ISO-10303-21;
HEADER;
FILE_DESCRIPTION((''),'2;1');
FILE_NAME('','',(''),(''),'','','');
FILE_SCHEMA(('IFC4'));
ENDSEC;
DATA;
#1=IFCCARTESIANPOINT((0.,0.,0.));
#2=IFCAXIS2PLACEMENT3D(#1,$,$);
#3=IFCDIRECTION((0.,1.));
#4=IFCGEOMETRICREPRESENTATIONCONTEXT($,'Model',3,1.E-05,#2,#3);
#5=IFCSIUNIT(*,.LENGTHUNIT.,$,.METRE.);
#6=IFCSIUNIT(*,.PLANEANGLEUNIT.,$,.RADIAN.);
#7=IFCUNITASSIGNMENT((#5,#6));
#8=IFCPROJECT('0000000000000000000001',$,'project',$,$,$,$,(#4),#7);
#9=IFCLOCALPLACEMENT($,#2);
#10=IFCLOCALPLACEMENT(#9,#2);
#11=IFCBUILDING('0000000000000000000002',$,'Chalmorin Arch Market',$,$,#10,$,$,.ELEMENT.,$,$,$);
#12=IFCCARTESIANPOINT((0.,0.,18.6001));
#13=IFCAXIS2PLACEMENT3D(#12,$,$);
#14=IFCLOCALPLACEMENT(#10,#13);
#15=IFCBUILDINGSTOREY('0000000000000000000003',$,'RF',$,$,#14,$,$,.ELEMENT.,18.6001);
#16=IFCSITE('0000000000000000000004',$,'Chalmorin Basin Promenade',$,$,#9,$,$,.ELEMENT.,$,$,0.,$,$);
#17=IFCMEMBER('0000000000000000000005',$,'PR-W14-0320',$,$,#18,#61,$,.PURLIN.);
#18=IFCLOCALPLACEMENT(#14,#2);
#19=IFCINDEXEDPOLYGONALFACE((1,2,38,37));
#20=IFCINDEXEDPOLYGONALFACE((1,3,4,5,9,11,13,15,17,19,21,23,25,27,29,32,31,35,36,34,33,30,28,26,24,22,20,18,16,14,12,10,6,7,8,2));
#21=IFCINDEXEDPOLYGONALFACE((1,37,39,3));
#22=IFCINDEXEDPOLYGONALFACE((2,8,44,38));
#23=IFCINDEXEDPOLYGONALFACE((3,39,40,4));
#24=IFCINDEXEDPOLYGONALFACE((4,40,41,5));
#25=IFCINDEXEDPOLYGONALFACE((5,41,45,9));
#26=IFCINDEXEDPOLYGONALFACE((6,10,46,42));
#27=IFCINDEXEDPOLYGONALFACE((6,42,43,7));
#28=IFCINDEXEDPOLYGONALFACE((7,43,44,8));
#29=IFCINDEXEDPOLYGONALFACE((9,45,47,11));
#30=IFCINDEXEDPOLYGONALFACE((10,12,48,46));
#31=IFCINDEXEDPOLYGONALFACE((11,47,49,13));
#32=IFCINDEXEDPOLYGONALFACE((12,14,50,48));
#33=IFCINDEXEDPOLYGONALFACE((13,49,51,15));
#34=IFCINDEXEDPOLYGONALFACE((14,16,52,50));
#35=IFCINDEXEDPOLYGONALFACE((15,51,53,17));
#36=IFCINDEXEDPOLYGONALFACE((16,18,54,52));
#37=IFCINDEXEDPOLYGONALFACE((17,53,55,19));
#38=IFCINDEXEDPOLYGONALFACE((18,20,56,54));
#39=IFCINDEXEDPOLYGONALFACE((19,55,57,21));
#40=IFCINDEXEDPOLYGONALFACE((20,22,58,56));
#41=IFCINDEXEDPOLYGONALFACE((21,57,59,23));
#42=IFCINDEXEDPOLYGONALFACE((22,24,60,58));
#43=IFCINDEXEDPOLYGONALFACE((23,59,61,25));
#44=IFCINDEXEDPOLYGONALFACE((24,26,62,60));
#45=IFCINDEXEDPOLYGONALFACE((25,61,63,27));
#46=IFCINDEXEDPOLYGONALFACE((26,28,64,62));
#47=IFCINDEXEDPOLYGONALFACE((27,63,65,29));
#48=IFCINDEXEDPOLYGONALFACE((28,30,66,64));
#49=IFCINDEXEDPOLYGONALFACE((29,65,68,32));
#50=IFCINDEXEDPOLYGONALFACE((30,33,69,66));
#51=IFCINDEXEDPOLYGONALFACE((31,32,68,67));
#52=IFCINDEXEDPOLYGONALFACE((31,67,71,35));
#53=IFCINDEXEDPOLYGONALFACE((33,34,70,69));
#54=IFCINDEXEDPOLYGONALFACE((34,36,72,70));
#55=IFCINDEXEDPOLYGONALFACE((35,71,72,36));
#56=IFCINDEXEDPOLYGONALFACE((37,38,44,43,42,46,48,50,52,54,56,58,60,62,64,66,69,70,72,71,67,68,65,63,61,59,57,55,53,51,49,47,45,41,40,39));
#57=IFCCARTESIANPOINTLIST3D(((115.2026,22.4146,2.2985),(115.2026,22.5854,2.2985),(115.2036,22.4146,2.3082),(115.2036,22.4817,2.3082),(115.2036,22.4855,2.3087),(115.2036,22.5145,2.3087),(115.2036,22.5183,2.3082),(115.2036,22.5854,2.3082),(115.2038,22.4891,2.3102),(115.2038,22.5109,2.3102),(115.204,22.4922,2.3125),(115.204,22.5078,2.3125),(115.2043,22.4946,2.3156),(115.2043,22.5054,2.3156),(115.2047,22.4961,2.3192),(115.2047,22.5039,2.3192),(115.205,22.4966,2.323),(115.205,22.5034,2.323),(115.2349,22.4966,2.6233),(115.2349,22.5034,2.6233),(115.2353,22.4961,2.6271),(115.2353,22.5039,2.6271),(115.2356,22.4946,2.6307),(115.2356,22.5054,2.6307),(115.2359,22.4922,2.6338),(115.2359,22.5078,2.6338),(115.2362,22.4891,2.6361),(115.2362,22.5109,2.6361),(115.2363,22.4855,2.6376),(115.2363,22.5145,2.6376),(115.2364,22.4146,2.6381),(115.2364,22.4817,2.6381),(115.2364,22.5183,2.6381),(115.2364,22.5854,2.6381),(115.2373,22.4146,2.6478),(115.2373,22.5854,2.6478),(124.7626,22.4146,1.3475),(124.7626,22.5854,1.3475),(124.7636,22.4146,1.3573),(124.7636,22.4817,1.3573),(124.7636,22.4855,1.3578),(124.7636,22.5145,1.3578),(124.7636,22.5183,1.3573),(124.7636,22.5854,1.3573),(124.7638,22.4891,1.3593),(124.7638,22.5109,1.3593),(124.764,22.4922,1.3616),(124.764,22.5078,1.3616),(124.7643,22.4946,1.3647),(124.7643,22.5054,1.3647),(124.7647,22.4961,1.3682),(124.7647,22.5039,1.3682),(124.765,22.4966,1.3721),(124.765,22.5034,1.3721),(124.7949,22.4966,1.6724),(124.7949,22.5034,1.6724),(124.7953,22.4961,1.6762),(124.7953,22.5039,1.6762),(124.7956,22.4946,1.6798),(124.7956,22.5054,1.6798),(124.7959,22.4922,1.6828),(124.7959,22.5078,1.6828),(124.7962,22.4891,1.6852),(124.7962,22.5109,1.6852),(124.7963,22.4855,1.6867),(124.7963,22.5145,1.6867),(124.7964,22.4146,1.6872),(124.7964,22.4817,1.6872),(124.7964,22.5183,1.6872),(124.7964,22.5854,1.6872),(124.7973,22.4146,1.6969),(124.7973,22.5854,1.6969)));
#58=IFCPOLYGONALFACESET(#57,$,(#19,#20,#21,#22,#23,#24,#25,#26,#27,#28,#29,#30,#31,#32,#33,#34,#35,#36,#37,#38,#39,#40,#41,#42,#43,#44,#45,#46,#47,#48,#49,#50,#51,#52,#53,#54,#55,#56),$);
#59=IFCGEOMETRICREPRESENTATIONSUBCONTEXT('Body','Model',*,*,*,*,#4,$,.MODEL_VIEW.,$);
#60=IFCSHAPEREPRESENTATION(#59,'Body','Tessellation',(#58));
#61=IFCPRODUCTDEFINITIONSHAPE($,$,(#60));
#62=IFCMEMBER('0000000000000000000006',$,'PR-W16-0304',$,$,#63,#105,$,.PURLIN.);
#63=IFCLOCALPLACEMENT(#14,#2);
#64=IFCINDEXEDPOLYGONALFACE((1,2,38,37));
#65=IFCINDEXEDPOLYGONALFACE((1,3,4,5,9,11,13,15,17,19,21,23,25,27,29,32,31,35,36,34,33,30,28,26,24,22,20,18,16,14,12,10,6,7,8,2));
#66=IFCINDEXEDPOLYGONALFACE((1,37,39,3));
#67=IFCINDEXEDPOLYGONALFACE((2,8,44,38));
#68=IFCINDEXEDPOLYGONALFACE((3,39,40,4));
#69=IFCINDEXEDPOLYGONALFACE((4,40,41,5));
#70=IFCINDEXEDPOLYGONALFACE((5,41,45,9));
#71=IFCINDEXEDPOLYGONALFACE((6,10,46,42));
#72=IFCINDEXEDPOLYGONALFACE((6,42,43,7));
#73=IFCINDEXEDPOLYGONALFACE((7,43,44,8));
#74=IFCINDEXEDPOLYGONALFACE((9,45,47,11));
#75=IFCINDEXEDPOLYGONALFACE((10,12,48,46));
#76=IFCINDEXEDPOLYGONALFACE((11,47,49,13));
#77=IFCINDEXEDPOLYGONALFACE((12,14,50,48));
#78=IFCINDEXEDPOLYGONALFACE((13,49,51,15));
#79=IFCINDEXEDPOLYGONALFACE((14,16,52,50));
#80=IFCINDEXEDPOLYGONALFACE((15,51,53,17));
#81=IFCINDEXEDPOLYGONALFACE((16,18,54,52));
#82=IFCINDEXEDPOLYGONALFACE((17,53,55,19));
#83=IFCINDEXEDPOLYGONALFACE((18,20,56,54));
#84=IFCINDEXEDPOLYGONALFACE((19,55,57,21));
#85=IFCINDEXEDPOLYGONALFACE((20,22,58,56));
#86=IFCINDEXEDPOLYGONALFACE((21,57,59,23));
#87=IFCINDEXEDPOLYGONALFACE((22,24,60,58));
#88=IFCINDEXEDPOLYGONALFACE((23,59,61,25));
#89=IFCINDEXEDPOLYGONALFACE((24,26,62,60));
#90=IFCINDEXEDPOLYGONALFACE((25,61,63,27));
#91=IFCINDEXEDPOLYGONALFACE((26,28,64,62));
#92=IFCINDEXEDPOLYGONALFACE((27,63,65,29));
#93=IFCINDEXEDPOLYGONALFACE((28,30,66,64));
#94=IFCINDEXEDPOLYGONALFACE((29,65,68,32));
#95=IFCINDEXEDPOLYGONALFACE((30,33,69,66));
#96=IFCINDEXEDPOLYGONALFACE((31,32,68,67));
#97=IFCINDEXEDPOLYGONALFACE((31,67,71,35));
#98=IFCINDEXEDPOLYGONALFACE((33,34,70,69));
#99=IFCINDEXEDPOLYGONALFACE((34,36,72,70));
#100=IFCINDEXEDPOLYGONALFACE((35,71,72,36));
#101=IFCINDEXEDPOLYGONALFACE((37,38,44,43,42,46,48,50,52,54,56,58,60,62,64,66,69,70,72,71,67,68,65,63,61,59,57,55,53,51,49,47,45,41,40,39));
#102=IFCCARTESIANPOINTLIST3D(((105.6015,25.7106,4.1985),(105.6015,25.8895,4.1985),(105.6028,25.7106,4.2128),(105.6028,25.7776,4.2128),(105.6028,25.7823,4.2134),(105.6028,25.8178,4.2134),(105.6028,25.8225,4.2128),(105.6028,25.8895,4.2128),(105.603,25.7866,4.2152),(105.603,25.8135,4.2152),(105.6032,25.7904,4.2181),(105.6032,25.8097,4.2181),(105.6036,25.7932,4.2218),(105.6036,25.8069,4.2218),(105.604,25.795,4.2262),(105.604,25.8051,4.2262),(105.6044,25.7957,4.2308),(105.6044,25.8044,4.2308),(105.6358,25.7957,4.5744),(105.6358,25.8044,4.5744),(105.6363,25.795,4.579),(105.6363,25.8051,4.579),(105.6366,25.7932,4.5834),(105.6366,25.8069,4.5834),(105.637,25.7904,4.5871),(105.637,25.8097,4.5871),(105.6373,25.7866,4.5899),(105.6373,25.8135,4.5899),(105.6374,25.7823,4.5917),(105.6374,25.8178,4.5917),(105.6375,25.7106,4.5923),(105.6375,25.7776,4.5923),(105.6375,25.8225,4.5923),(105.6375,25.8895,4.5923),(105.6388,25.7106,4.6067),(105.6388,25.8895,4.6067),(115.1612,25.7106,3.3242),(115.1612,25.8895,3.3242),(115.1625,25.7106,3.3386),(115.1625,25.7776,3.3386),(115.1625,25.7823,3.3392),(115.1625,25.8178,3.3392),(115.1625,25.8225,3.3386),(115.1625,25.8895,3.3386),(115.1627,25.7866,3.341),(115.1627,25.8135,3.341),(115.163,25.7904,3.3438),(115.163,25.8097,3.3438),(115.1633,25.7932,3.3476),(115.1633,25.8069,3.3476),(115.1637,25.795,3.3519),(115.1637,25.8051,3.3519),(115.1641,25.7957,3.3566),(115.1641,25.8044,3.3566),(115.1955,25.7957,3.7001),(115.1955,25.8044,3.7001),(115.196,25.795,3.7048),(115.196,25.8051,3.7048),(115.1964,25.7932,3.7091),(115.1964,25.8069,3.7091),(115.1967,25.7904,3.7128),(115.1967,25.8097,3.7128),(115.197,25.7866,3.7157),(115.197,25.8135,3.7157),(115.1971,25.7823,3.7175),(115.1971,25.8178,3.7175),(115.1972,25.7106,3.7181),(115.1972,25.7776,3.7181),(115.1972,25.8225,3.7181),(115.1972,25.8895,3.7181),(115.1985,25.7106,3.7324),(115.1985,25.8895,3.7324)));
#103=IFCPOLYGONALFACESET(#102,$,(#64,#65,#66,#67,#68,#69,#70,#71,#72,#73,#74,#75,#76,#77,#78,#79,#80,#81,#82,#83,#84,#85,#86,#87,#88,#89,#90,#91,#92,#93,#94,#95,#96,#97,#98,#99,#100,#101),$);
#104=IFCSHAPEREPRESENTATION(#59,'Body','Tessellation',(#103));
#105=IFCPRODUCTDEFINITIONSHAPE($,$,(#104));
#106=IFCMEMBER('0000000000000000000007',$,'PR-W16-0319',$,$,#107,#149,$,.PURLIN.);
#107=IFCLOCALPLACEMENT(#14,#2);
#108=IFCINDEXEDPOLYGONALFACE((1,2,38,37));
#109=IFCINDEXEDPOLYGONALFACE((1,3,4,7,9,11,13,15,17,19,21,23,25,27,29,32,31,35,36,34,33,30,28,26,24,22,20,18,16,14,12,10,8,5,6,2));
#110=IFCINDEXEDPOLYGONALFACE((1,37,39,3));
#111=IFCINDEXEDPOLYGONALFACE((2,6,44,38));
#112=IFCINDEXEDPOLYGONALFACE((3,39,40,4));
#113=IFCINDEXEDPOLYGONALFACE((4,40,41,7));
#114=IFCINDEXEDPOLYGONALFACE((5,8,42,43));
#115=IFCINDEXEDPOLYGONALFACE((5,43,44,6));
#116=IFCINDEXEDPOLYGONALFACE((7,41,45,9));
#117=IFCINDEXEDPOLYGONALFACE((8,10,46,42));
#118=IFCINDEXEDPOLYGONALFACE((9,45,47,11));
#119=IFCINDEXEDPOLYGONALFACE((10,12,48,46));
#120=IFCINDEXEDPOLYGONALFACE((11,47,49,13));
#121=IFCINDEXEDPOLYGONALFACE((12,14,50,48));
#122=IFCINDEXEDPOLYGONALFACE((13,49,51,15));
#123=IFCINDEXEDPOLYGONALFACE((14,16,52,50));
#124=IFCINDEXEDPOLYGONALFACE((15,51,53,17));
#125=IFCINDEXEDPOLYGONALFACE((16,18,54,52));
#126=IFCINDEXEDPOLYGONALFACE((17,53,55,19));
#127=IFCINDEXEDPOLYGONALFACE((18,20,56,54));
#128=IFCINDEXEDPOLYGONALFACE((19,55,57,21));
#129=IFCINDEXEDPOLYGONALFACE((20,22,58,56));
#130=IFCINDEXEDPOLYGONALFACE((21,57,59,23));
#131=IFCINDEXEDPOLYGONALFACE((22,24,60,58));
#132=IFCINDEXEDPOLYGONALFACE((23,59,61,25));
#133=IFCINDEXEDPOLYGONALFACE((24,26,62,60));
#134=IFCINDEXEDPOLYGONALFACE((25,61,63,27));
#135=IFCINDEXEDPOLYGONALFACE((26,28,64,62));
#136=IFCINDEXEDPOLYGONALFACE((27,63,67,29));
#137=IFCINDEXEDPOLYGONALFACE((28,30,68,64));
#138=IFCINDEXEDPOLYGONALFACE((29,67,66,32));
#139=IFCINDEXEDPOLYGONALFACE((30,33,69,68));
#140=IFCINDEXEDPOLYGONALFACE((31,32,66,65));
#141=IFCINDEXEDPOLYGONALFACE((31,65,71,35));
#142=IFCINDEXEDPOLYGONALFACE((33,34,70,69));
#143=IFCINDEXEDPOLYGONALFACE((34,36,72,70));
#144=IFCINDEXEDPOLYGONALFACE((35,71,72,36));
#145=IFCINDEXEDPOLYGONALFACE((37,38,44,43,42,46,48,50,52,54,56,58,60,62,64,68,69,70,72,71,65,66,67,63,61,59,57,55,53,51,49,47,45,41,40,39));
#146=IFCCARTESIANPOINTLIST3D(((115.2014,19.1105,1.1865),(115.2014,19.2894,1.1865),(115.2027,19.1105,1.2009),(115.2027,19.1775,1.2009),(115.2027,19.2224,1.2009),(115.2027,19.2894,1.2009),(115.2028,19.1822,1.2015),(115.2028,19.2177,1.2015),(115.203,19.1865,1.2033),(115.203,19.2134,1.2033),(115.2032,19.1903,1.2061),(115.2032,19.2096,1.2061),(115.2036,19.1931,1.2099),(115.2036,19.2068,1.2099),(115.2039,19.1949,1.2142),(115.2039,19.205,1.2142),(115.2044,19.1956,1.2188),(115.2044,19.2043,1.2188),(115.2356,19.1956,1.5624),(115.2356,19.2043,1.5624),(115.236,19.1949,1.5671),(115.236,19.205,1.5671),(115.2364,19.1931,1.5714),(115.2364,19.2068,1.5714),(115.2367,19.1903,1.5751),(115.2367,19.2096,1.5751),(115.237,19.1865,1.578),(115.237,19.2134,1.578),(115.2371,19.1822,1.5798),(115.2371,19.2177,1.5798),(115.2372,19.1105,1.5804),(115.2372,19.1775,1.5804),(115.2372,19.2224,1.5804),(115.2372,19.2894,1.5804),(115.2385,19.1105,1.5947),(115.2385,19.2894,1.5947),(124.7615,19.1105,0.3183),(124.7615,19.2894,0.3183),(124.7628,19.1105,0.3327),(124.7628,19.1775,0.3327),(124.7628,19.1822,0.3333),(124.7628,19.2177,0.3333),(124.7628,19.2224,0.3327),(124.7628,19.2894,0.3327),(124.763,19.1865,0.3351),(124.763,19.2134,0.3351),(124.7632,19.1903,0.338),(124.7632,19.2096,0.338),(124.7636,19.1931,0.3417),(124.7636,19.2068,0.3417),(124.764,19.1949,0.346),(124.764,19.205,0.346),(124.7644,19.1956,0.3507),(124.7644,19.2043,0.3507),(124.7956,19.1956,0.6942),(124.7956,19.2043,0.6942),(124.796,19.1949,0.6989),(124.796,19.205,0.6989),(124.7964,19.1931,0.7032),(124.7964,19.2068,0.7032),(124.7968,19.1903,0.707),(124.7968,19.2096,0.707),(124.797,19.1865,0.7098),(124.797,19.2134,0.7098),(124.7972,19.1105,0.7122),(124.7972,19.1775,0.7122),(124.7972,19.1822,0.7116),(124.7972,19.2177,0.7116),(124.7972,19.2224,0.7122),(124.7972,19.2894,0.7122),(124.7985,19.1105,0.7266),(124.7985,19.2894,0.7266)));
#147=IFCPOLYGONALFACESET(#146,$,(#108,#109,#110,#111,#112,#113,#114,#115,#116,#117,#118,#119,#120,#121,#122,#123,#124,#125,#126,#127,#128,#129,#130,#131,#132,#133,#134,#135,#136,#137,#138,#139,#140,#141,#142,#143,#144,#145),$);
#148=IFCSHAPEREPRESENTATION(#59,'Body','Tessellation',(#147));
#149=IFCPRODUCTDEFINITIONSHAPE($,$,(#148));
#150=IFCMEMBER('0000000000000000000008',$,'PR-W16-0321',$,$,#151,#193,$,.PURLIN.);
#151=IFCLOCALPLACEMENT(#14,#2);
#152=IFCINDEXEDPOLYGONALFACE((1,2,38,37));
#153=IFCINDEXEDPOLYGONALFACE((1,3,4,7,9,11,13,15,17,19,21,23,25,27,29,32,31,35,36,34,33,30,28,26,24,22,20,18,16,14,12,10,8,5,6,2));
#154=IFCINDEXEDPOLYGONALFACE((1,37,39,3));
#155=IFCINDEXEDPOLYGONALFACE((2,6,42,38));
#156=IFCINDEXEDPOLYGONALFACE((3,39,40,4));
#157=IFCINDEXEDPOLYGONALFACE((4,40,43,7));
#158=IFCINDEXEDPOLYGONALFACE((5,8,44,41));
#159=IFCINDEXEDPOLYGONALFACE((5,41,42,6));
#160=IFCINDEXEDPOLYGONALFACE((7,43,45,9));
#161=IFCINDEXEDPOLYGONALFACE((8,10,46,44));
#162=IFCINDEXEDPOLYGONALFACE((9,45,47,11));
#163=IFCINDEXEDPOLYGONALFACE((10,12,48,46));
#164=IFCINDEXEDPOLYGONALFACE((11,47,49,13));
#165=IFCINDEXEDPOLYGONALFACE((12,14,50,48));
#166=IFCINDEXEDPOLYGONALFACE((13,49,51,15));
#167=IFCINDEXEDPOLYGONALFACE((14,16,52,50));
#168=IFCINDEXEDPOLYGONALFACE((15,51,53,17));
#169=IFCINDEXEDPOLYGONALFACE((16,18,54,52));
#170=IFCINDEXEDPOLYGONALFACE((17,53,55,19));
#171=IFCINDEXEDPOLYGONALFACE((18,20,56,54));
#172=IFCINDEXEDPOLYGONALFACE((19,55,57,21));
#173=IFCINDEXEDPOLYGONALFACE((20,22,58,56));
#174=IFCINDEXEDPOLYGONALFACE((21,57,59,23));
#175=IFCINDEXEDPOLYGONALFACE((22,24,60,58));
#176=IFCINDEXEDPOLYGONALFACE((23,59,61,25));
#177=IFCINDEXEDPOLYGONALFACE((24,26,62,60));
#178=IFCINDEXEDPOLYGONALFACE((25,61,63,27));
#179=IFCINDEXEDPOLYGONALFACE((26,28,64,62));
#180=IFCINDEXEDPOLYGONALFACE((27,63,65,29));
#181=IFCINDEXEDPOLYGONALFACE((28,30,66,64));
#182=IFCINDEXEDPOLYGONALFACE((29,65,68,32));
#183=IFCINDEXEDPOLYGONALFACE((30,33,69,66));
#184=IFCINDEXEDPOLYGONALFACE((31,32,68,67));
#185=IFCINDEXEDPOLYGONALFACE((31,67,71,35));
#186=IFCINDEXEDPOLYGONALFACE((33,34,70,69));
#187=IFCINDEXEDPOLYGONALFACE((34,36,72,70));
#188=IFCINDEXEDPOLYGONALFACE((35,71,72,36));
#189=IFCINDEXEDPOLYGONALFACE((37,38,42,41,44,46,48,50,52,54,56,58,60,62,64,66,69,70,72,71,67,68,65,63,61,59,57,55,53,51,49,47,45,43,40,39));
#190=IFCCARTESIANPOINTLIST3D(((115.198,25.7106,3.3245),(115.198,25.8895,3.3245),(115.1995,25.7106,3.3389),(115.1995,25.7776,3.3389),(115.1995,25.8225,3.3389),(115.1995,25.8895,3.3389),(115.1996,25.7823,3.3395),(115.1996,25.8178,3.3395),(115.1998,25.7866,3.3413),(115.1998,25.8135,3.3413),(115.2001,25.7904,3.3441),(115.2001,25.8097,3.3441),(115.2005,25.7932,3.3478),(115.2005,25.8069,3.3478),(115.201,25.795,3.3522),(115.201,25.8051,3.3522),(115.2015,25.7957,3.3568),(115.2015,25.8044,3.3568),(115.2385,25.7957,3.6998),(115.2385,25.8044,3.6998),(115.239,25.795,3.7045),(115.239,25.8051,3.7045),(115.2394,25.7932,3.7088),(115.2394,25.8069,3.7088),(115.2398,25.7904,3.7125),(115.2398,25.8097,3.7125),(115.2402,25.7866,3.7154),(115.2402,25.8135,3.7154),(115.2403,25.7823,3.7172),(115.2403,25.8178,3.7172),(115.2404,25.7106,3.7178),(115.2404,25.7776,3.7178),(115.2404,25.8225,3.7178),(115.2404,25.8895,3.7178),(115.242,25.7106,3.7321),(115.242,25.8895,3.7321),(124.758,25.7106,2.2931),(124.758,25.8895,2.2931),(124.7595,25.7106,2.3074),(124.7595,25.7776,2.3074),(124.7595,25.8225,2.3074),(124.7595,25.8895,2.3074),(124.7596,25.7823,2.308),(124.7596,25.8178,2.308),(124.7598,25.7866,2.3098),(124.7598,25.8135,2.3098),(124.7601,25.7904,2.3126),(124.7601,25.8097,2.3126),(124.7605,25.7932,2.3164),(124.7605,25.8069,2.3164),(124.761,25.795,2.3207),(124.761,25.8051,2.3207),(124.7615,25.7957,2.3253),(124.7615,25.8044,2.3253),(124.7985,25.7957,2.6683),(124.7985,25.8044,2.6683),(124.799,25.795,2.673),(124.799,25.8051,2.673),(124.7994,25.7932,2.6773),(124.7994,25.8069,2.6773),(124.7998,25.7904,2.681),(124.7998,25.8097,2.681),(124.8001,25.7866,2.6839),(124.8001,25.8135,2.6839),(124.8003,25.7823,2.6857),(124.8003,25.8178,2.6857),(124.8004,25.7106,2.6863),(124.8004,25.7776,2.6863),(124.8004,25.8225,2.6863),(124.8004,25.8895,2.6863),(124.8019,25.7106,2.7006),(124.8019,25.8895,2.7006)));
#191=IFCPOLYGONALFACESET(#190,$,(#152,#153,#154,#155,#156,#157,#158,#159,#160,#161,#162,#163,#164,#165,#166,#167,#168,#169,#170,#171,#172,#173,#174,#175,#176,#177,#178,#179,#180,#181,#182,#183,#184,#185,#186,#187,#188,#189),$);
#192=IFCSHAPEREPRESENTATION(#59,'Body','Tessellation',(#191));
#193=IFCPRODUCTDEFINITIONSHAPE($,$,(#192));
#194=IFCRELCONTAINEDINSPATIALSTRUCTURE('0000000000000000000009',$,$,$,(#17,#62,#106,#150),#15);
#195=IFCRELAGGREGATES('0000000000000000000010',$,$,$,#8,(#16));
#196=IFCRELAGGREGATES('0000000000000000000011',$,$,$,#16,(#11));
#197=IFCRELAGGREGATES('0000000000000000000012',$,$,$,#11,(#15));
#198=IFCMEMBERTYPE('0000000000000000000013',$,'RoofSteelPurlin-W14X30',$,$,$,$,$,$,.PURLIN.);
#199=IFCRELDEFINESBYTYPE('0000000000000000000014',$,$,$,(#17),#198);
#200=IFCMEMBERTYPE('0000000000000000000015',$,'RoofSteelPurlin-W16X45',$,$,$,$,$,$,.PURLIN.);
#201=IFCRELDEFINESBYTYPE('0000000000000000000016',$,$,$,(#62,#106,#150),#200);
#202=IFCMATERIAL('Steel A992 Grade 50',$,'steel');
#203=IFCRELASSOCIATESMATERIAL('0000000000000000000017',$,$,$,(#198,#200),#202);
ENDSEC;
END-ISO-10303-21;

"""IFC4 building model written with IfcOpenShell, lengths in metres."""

from ifc_helpers import new_model, si_unit, direction, frame, origin, origin_2d, place, context, subcontext, project, spatial, i_section, extrude, material, material_profile, profile_set, type_object, element, save


model = new_model("IFC4")

# Units and contexts
model_context = context("Model", 3, precision=1e-05, world=origin(), true_north=direction((0.0, 1.0)))
body_context = subcontext(model_context, "Body", "Model", "MODEL_VIEW")
ifc_project = project(units=[si_unit("LENGTHUNIT", "METRE"), si_unit("PLANEANGLEUNIT", "RADIAN")], contexts=[model_context])

# Site, building, storey
site_placement = place(None, origin())
site = spatial("IfcSite", under=ifc_project, at=site_placement, Name="Chalmorin Basin Promenade", CompositionType="ELEMENT", RefElevation=0.0)
building_placement = place(site_placement, origin())
building = spatial("IfcBuilding", under=site, at=building_placement, Name="Chalmorin Arch Market", CompositionType="ELEMENT")
storey_placement = place(building_placement, frame((0.0, 0.0, 18.6001)))
storey = spatial("IfcBuildingStorey", under=building, at=storey_placement, Name="RF", CompositionType="ELEMENT", Elevation=18.6001)

# Members
ifc_material_1 = material(Name="Steel A992 Grade 50", Category="steel")
ifc_material_profile_1 = material_profile(ifc_material_1, i_section(OverallWidth=0.1709, OverallDepth=0.3511, WebThickness=0.0068, FlangeThickness=0.0098, FilletRadius=0.0149, at=origin_2d()), Name="W14X30")
ifc_profile_set_1 = profile_set([ifc_material_profile_1], Name="Steel A992 Grade 50")
member_type_1 = type_object("IfcMemberType", Name="RoofSteelPurlin-W14X30", PredefinedType="PURLIN", material=ifc_profile_set_1)
member_1_placement = place(storey_placement, frame((115.22, 22.5, 2.4731), z_axis=(0.995089, 0.0, -0.09898), x_axis=(0.0, 1.0, 0.0)))
element("IfcMember", 1, at=member_1_placement, inside=storey, type_object=member_type_1, Name="PR-W14-0320", PredefinedType="PURLIN", context=body_context, shape_type="SweptSolid", body=[
    extrude(i_section(OverallWidth=0.1709, OverallDepth=0.3511, WebThickness=0.0068, FlangeThickness=0.0098, FilletRadius=0.0149, at=origin_2d()), origin(), (0.0, 0.0, 1.0), 9.6072),
])
ifc_material_profile_2 = material_profile(ifc_material_1, i_section(OverallWidth=0.179, OverallDepth=0.4099, WebThickness=0.0088, FlangeThickness=0.0144, FilletRadius=0.0181, at=origin_2d()), Name="W16X45")
ifc_profile_set_2 = profile_set([ifc_material_profile_2], Name="Steel A992 Grade 50")
member_type_2 = type_object("IfcMemberType", Name="RoofSteelPurlin-W16X45", PredefinedType="PURLIN", material=ifc_profile_set_2)
member_2_placement = place(storey_placement, frame((105.6201, 25.8, 4.4026), z_axis=(0.995844, 0.0, -0.091072), x_axis=(0.0, 1.0, 0.0)))
element("IfcMember", 2, at=member_2_placement, inside=storey, type_object=member_type_2, Name="PR-W16-0304", PredefinedType="PURLIN", context=body_context, shape_type="SweptSolid", body=[
    extrude(i_section(OverallWidth=0.179, OverallDepth=0.4099, WebThickness=0.0088, FlangeThickness=0.0144, FilletRadius=0.0181, at=origin_2d()), origin(), (0.0, 0.0, 1.0), 9.5996),
])
member_3_placement = place(storey_placement, frame((115.22, 19.2, 1.3906), z_axis=(0.995902, 0.0, -0.090439), x_axis=(0.0, 1.0, 0.0)))
element("IfcMember", 3, at=member_3_placement, inside=storey, type_object=member_type_2, Name="PR-W16-0319", PredefinedType="PURLIN", context=body_context, shape_type="SweptSolid", body=[
    extrude(i_section(OverallWidth=0.179, OverallDepth=0.4099, WebThickness=0.0088, FlangeThickness=0.0144, FilletRadius=0.0181, at=origin_2d()), origin(), (0.0, 0.0, 1.0), 9.5994),
])
member_4_placement = place(storey_placement, frame((115.22, 25.8, 3.5283), z_axis=(0.99423, 0.0, -0.107274), x_axis=(0.0, 1.0, 0.0)))
element("IfcMember", 4, at=member_4_placement, inside=storey, type_object=member_type_2, Name="PR-W16-0321", PredefinedType="PURLIN", context=body_context, shape_type="SweptSolid", body=[
    extrude(i_section(OverallWidth=0.179, OverallDepth=0.4099, WebThickness=0.0088, FlangeThickness=0.0144, FilletRadius=0.0181, at=origin_2d()), origin(), (0.0, 0.0, 1.0), 9.6155),
])

save(model, "model.ifc")
